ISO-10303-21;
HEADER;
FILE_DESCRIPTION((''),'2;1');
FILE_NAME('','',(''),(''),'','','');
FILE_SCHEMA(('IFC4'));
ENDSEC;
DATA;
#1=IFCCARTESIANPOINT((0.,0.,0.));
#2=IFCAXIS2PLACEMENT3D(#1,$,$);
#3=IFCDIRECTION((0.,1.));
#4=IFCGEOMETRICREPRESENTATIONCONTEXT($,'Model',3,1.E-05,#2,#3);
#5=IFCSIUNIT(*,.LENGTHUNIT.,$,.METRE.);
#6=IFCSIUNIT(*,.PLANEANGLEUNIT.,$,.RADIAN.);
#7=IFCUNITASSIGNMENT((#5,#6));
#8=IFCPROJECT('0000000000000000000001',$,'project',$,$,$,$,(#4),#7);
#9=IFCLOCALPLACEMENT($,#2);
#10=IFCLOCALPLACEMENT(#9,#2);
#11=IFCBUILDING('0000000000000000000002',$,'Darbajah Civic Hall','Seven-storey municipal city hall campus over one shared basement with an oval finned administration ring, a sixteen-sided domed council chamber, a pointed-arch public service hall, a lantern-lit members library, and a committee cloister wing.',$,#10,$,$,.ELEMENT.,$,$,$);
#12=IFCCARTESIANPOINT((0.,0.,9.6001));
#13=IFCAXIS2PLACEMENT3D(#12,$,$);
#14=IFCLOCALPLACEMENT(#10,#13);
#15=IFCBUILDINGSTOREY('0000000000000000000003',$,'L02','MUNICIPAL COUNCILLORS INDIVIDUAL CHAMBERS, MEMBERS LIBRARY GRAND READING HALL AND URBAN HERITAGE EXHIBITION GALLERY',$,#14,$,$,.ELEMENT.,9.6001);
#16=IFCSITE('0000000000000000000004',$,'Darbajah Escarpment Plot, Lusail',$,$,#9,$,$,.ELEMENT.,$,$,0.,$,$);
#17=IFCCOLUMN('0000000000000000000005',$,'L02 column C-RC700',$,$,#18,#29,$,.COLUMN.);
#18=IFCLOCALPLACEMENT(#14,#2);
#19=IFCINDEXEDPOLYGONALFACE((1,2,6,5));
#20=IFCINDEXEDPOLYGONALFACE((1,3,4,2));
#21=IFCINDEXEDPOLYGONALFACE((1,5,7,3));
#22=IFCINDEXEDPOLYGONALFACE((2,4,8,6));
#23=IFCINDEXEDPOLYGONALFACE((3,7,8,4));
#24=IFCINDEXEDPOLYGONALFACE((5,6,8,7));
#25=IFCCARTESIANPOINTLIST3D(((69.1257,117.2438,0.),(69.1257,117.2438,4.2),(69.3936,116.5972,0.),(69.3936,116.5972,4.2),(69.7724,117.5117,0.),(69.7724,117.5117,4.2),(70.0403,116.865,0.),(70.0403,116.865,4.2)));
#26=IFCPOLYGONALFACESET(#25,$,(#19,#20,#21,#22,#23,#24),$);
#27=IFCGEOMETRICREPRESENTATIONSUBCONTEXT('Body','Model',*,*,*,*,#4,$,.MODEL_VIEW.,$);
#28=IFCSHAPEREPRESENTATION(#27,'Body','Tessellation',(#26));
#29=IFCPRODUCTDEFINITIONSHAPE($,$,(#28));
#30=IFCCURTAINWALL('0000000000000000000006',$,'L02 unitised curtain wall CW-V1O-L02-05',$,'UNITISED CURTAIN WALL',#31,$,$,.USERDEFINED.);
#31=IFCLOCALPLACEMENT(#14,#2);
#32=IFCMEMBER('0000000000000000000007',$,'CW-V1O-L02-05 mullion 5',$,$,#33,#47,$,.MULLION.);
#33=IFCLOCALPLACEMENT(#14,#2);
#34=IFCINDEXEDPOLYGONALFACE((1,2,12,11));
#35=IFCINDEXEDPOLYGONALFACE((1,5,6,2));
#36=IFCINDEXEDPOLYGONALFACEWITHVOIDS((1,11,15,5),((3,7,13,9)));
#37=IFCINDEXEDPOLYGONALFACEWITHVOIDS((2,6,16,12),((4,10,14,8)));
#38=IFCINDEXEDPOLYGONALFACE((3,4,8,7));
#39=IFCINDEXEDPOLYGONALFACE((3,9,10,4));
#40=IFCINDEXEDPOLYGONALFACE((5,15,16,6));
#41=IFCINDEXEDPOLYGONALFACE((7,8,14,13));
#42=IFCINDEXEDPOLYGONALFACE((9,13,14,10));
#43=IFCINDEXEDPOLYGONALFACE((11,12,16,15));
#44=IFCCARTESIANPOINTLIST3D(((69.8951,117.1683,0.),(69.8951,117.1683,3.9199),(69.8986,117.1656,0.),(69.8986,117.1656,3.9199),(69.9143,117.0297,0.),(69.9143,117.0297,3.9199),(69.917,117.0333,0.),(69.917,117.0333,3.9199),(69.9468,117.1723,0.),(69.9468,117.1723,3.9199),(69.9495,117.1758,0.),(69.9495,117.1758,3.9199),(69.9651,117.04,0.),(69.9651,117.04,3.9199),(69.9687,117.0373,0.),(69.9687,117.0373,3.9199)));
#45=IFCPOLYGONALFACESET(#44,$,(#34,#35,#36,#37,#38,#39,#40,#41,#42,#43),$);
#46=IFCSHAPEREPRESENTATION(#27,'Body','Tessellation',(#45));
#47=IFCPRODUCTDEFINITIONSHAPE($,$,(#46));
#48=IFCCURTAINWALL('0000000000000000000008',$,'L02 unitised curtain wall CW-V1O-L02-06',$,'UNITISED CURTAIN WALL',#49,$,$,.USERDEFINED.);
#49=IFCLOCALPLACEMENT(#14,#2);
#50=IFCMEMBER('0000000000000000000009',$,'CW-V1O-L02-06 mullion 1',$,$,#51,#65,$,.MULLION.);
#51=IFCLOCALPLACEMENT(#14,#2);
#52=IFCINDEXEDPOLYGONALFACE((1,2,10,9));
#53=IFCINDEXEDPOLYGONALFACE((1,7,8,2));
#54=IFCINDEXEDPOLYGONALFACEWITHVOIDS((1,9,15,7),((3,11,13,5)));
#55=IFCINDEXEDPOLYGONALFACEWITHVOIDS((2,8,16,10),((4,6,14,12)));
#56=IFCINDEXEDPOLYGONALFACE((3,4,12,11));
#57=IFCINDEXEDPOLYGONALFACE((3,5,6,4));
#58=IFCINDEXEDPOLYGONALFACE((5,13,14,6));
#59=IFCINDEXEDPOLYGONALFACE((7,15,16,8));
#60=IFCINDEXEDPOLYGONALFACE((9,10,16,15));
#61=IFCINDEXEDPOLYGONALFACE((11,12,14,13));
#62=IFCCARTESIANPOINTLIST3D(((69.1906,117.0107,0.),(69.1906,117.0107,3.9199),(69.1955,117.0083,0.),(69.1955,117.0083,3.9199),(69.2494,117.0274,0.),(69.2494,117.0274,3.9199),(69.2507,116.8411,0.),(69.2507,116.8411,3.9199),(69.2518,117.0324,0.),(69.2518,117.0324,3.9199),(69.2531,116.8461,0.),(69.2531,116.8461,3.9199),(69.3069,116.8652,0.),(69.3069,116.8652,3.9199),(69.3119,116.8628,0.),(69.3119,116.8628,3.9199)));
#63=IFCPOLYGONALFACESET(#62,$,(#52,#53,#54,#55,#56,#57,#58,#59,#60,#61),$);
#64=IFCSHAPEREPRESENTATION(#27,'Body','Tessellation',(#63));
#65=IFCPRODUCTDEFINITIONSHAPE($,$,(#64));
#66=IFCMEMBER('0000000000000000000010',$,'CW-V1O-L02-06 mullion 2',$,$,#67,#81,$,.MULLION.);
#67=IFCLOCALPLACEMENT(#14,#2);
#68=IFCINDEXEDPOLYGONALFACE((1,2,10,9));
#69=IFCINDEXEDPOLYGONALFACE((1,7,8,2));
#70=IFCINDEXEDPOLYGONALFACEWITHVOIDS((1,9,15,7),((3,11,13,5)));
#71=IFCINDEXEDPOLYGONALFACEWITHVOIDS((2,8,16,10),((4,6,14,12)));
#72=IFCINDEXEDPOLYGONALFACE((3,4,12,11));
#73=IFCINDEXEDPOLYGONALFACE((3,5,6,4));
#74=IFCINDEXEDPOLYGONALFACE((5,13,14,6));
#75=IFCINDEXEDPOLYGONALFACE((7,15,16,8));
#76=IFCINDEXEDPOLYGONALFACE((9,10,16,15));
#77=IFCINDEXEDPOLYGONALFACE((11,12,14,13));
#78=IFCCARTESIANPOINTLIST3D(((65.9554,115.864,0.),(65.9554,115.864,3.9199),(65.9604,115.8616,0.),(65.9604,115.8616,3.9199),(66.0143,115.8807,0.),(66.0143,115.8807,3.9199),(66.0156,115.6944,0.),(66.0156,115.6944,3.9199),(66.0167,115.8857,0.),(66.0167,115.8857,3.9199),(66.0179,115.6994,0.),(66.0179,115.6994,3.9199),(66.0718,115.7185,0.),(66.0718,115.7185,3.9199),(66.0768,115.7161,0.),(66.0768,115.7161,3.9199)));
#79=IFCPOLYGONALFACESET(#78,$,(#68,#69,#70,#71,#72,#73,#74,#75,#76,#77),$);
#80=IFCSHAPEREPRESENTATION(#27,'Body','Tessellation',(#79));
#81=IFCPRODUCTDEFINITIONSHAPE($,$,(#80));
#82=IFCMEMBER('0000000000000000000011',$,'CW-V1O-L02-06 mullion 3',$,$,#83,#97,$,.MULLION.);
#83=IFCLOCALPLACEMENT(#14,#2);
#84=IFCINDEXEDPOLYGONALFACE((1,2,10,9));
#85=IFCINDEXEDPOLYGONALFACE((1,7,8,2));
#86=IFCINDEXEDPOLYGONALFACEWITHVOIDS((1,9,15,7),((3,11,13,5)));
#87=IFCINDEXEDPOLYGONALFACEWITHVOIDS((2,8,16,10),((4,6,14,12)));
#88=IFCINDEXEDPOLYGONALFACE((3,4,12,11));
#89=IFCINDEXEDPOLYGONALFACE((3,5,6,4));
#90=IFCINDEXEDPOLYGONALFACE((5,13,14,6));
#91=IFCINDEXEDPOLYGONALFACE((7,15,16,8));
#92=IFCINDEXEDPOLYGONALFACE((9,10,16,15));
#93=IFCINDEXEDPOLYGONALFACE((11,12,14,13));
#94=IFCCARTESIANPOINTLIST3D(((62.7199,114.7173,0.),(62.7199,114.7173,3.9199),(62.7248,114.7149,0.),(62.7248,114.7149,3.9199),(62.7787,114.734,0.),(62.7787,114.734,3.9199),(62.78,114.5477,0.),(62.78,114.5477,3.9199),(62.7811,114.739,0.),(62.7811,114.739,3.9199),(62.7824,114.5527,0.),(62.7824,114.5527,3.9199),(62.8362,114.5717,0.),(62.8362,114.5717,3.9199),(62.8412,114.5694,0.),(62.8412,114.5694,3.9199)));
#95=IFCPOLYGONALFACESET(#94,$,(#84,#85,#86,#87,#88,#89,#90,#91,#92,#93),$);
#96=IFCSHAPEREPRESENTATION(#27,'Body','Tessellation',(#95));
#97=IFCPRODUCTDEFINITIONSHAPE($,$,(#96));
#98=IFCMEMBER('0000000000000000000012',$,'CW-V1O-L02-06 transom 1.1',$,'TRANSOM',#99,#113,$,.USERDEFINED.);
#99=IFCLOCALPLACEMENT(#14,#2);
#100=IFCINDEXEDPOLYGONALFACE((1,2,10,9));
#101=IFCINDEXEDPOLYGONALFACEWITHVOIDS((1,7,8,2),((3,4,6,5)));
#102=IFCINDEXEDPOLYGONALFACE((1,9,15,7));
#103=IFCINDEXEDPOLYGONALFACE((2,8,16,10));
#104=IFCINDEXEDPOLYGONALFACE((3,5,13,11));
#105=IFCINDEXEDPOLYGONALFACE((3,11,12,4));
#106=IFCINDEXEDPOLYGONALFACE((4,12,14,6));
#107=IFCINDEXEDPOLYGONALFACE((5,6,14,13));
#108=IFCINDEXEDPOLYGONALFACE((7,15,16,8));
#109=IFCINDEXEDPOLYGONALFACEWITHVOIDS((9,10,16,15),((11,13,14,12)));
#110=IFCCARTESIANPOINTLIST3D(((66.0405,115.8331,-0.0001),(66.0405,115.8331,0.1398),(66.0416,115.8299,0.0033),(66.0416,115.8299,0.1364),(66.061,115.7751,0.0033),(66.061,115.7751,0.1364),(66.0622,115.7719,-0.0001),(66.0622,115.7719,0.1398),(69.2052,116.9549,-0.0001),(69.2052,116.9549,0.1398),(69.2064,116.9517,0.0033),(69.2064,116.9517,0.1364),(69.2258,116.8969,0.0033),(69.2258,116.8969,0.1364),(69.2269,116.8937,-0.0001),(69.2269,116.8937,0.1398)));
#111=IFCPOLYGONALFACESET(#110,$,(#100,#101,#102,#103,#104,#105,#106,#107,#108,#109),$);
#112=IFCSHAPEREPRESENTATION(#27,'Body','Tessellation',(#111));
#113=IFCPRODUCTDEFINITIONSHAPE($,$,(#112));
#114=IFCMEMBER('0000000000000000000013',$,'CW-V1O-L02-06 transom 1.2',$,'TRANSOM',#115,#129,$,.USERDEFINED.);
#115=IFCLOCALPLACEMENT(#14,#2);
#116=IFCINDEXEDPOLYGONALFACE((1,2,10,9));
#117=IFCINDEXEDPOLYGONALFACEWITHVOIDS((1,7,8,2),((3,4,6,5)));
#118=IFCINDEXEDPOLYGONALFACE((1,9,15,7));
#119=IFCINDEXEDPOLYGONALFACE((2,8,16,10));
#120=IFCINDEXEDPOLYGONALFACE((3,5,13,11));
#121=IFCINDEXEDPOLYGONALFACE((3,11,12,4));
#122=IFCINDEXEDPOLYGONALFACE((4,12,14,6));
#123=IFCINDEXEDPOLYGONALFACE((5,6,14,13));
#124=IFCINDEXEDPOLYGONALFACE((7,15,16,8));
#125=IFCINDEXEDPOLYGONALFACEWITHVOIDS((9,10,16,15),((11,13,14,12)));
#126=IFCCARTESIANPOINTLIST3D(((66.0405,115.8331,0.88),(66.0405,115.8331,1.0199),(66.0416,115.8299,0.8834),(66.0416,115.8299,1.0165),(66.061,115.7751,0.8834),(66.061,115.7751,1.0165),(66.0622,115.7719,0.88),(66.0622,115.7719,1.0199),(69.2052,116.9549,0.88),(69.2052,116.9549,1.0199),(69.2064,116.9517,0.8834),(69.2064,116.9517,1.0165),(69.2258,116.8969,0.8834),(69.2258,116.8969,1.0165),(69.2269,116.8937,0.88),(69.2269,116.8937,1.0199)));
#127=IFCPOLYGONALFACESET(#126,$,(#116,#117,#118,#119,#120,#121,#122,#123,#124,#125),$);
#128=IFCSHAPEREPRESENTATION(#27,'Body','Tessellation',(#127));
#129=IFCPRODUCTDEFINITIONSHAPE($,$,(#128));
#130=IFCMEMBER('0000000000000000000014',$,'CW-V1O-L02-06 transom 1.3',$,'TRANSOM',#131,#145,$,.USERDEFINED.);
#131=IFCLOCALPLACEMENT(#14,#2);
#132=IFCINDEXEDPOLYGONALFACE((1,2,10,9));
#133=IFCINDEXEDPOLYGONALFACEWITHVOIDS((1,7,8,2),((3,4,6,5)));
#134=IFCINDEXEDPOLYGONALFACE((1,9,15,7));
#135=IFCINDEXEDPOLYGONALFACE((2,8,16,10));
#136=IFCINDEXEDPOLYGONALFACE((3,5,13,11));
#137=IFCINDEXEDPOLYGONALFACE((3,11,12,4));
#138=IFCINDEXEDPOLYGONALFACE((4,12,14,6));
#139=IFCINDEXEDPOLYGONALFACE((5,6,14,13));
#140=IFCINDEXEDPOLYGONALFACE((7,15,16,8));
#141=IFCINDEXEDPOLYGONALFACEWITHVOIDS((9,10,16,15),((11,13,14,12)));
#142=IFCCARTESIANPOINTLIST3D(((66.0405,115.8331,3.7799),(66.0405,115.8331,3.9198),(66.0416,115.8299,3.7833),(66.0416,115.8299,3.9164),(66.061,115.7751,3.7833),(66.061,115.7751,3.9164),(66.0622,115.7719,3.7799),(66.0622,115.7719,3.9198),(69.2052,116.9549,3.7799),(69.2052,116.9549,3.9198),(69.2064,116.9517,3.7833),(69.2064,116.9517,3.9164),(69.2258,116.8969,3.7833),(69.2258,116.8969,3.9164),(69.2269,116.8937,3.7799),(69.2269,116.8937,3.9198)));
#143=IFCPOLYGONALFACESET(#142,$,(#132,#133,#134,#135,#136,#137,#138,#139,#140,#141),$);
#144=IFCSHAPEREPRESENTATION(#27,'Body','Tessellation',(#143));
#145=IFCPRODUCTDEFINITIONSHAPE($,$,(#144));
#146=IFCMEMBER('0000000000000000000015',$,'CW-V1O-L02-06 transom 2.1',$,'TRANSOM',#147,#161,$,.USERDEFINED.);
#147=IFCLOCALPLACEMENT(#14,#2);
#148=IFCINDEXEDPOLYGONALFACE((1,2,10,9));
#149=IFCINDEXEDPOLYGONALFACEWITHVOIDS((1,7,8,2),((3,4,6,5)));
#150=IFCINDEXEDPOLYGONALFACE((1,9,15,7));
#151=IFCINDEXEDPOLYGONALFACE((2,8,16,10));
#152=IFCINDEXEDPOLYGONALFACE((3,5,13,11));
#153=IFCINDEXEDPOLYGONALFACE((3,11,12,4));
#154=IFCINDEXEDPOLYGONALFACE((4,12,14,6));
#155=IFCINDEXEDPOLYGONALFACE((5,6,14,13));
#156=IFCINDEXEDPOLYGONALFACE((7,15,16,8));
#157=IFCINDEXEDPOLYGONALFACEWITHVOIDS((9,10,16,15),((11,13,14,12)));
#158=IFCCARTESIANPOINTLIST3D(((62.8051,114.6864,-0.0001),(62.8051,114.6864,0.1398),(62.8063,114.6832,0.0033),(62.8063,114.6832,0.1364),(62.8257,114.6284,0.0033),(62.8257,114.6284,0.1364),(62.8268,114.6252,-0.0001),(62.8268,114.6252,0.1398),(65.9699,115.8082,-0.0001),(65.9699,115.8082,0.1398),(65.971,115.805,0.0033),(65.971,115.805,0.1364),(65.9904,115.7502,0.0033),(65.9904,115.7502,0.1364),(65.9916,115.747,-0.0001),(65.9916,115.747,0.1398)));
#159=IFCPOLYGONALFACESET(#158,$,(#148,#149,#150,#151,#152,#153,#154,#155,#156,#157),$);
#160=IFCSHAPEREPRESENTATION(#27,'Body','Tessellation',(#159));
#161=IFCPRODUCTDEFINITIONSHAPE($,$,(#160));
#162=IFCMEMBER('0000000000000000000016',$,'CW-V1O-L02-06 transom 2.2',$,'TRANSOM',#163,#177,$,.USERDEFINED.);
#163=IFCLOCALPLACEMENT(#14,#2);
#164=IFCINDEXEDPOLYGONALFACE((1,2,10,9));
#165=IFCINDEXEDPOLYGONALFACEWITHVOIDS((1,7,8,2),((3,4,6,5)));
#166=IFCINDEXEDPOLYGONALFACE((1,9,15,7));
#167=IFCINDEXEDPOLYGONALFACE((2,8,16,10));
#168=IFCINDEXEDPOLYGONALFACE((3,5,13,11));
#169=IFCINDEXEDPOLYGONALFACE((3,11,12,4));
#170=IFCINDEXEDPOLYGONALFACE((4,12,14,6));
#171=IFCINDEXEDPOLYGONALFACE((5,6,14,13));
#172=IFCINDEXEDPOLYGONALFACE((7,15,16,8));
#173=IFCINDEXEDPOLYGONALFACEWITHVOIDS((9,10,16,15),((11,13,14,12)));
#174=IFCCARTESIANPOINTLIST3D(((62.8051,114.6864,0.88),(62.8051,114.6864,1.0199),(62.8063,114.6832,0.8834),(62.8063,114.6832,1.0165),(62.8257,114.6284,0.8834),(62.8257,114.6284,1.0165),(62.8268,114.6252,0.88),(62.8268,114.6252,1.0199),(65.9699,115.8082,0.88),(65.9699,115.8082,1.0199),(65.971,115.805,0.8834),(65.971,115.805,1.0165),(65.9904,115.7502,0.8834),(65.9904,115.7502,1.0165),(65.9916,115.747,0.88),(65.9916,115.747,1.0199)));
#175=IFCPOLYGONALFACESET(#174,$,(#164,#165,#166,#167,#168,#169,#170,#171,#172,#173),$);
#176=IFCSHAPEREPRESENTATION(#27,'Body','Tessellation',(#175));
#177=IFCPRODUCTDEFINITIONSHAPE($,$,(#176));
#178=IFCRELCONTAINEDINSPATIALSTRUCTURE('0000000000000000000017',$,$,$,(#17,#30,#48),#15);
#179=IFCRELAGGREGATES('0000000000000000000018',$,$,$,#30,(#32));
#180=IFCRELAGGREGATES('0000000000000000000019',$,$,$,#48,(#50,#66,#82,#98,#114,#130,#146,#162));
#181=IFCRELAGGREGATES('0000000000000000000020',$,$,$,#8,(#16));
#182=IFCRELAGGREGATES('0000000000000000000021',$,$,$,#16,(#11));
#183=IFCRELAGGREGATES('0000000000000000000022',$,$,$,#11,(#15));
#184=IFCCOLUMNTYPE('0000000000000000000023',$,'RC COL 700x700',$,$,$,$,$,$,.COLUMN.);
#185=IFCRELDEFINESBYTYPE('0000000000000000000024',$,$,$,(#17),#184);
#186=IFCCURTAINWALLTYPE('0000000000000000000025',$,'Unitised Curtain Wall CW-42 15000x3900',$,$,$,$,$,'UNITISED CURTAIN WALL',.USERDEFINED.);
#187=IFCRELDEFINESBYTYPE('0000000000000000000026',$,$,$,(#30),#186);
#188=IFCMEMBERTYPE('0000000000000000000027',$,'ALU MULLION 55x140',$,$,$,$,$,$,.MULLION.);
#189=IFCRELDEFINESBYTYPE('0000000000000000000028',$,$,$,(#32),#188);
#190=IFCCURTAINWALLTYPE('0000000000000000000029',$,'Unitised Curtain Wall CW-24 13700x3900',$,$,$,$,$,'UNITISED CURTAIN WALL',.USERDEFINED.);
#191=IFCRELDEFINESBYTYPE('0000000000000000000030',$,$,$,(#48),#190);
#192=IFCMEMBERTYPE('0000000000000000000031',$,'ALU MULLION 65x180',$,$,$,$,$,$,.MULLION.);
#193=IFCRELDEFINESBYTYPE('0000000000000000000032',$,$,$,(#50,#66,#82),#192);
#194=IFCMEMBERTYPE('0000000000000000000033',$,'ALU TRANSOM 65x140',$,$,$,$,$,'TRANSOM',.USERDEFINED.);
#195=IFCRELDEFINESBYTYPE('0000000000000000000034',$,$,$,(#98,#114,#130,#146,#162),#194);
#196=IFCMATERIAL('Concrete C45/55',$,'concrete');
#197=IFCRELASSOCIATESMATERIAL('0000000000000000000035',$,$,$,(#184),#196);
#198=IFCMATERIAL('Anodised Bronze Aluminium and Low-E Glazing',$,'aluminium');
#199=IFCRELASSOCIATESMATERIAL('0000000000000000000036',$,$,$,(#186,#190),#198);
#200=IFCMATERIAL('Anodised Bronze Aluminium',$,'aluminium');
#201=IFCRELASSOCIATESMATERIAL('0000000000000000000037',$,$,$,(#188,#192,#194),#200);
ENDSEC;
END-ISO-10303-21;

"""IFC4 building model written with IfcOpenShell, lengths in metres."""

from ifc_helpers import new_model, si_unit, direction, frame, origin, origin_2d, place, context, subcontext, project, spatial, rectangle, hollow_rectangle, extrude, material, material_profile, profile_set, type_object, element, aggregate, save


model = new_model("IFC4")

# Units and contexts
model_context = context("Model", 3, precision=1e-05, world=origin(), true_north=direction((0.0, 1.0)))
body_context = subcontext(model_context, "Body", "Model", "MODEL_VIEW")
ifc_project = project(units=[si_unit("LENGTHUNIT", "METRE"), si_unit("PLANEANGLEUNIT", "RADIAN")], contexts=[model_context])

# Site, building, storey
site_placement = place(None, origin())
site = spatial("IfcSite", under=ifc_project, at=site_placement, Name="Darbajah Escarpment Plot, Lusail", CompositionType="ELEMENT", RefElevation=0.0)
building_placement = place(site_placement, origin())
building = spatial("IfcBuilding", under=site, at=building_placement, Name="Darbajah Civic Hall", Description="Seven-storey municipal city hall campus over one shared basement with an oval finned administration ring, a sixteen-sided domed council chamber, a pointed-arch public service hall, a lantern-lit members library, and a committee cloister wing.", CompositionType="ELEMENT")
storey_placement = place(building_placement, frame((0.0, 0.0, 9.6001)))
storey = spatial("IfcBuildingStorey", under=building, at=storey_placement, Name="L02", Description="MUNICIPAL COUNCILLORS INDIVIDUAL CHAMBERS, MEMBERS LIBRARY GRAND READING HALL AND URBAN HERITAGE EXHIBITION GALLERY", CompositionType="ELEMENT", Elevation=9.6001)

# Column
ifc_material_1 = material(Name="Concrete C45/55", Category="concrete")
ifc_material_profile_1 = material_profile(ifc_material_1, rectangle(XDim=0.7, YDim=0.7, at=origin_2d()), Name="RC COL 700x700")
ifc_profile_set_1 = profile_set([ifc_material_profile_1], Name="Concrete C45/55")
column_type = type_object("IfcColumnType", Name="RC COL 700x700", PredefinedType="COLUMN", material=ifc_profile_set_1)
column_placement = place(storey_placement, frame((69.583, 117.0544, 0.0), z_axis=(0.0, 0.0, 1.0), x_axis=(-0.382683, 0.92388, 0.0)))
element("IfcColumn", 1, at=column_placement, inside=storey, type_object=column_type, Name="L02 column C-RC700", PredefinedType="COLUMN", context=body_context, shape_type="SweptSolid", body=[
    extrude(rectangle(XDim=0.7, YDim=0.7, at=origin_2d()), origin(), (0.0, 0.0, 1.0), 4.2),
])

# Curtain wall, member
ifc_material_2 = material(Name="Anodised Bronze Aluminium and Low-E Glazing", Category="aluminium")
curtain_wall_type_1 = type_object("IfcCurtainWallType", Name="Unitised Curtain Wall CW-42 15000x3900", ElementType="UNITISED CURTAIN WALL", PredefinedType="USERDEFINED", material=ifc_material_2)
curtain_wall_1_placement = place(storey_placement, origin())
curtain_wall_1 = element("IfcCurtainWall", 2, at=curtain_wall_1_placement, inside=storey, type_object=curtain_wall_type_1, Name="L02 unitised curtain wall CW-V1O-L02-05", ObjectType="UNITISED CURTAIN WALL", PredefinedType="USERDEFINED")
ifc_material_3 = material(Name="Anodised Bronze Aluminium", Category="aluminium")
ifc_material_profile_2 = material_profile(ifc_material_3, hollow_rectangle(XDim=0.0549, YDim=0.1399, WallThickness=0.0032, at=origin_2d()), Name="ALU MULLION 55x140")
ifc_profile_set_2 = profile_set([ifc_material_profile_2], Name="Anodised Bronze Aluminium")
member_type_1 = type_object("IfcMemberType", Name="ALU MULLION 55x140", PredefinedType="MULLION", material=ifc_profile_set_2)
member_1_placement = place(storey_placement, frame((69.9319, 117.1028, 0.0), z_axis=(0.0, 0.0, 1.0), x_axis=(-0.990485, -0.137617, 0.0)))
member_1 = element("IfcMember", 3, at=member_1_placement, type_object=member_type_1, Name="CW-V1O-L02-05 mullion 5", PredefinedType="MULLION", context=body_context, shape_type="SweptSolid", body=[
    extrude(hollow_rectangle(XDim=0.0549, YDim=0.1399, WallThickness=0.0032, at=origin_2d()), origin(), (0.0, 0.0, 1.0), 3.9199),
])
aggregate(curtain_wall_1, [member_1])

# Curtain wall, members
curtain_wall_type_2 = type_object("IfcCurtainWallType", Name="Unitised Curtain Wall CW-24 13700x3900", ElementType="UNITISED CURTAIN WALL", PredefinedType="USERDEFINED", material=ifc_material_2)
curtain_wall_2_placement = place(storey_placement, origin())
curtain_wall_2 = element("IfcCurtainWall", 4, at=curtain_wall_2_placement, inside=storey, type_object=curtain_wall_type_2, Name="L02 unitised curtain wall CW-V1O-L02-06", ObjectType="UNITISED CURTAIN WALL", PredefinedType="USERDEFINED")
ifc_material_profile_3 = material_profile(ifc_material_3, hollow_rectangle(XDim=0.0649, YDim=0.1799, WallThickness=0.0039, at=origin_2d()), Name="ALU MULLION 65x180")
ifc_profile_set_3 = profile_set([ifc_material_profile_3], Name="Anodised Bronze Aluminium")
member_type_2 = type_object("IfcMemberType", Name="ALU MULLION 65x180", PredefinedType="MULLION", material=ifc_profile_set_3)
member_2_placement = place(storey_placement, frame((69.2512, 116.9368, 0.0), z_axis=(0.0, 0.0, 1.0), x_axis=(-0.942525, -0.334136, 0.0)))
member_2 = element("IfcMember", 5, at=member_2_placement, type_object=member_type_2, Name="CW-V1O-L02-06 mullion 1", PredefinedType="MULLION", context=body_context, shape_type="SweptSolid", body=[
    extrude(hollow_rectangle(XDim=0.0649, YDim=0.1799, WallThickness=0.0039, at=origin_2d()), origin(), (0.0, 0.0, 1.0), 3.9199),
])
member_3_placement = place(storey_placement, frame((66.0161, 115.79, 0.0), z_axis=(0.0, 0.0, 1.0), x_axis=(-0.942525, -0.334136, 0.0)))
member_3 = element("IfcMember", 6, at=member_3_placement, type_object=member_type_2, Name="CW-V1O-L02-06 mullion 2", PredefinedType="MULLION", context=body_context, shape_type="SweptSolid", body=[
    extrude(hollow_rectangle(XDim=0.0649, YDim=0.1799, WallThickness=0.0039, at=origin_2d()), origin(), (0.0, 0.0, 1.0), 3.9199),
])
member_4_placement = place(storey_placement, frame((62.7805, 114.6433, 0.0), z_axis=(0.0, 0.0, 1.0), x_axis=(-0.942525, -0.334136, 0.0)))
member_4 = element("IfcMember", 7, at=member_4_placement, type_object=member_type_2, Name="CW-V1O-L02-06 mullion 3", PredefinedType="MULLION", context=body_context, shape_type="SweptSolid", body=[
    extrude(hollow_rectangle(XDim=0.0649, YDim=0.1799, WallThickness=0.0039, at=origin_2d()), origin(), (0.0, 0.0, 1.0), 3.9199),
])
ifc_material_profile_4 = material_profile(ifc_material_3, hollow_rectangle(XDim=0.0649, YDim=0.1399, WallThickness=0.0034, at=origin_2d()), Name="ALU TRANSOM 65x140")
ifc_profile_set_4 = profile_set([ifc_material_profile_4], Name="Anodised Bronze Aluminium")
member_type_3 = type_object("IfcMemberType", Name="ALU TRANSOM 65x140", ElementType="TRANSOM", PredefinedType="USERDEFINED", material=ifc_profile_set_4)
member_5_placement = place(storey_placement, frame((69.2161, 116.9243, 0.0698), z_axis=(-0.942537, -0.334102, 0.0), x_axis=(0.334102, -0.942537, 0.0)))
member_5 = element("IfcMember", 8, at=member_5_placement, type_object=member_type_3, Name="CW-V1O-L02-06 transom 1.1", ObjectType="TRANSOM", PredefinedType="USERDEFINED", context=body_context, shape_type="SweptSolid", body=[
    extrude(hollow_rectangle(XDim=0.0649, YDim=0.1399, WallThickness=0.0034, at=origin_2d()), origin(), (0.0, 0.0, 1.0), 3.3577),
])
member_6_placement = place(storey_placement, frame((69.2161, 116.9243, 0.95), z_axis=(-0.942537, -0.334102, 0.0), x_axis=(0.334102, -0.942537, 0.0)))
member_6 = element("IfcMember", 9, at=member_6_placement, type_object=member_type_3, Name="CW-V1O-L02-06 transom 1.2", ObjectType="TRANSOM", PredefinedType="USERDEFINED", context=body_context, shape_type="SweptSolid", body=[
    extrude(hollow_rectangle(XDim=0.0649, YDim=0.1399, WallThickness=0.0034, at=origin_2d()), origin(), (0.0, 0.0, 1.0), 3.3577),
])
member_7_placement = place(storey_placement, frame((69.2161, 116.9243, 3.8499), z_axis=(-0.942537, -0.334102, 0.0), x_axis=(0.334102, -0.942537, 0.0)))
member_7 = element("IfcMember", 10, at=member_7_placement, type_object=member_type_3, Name="CW-V1O-L02-06 transom 1.3", ObjectType="TRANSOM", PredefinedType="USERDEFINED", context=body_context, shape_type="SweptSolid", body=[
    extrude(hollow_rectangle(XDim=0.0649, YDim=0.1399, WallThickness=0.0034, at=origin_2d()), origin(), (0.0, 0.0, 1.0), 3.3577),
])
member_8_placement = place(storey_placement, frame((65.9807, 115.7776, 0.0698), z_axis=(-0.942537, -0.334102, 0.0), x_axis=(0.334102, -0.942537, 0.0)))
member_8 = element("IfcMember", 11, at=member_8_placement, type_object=member_type_3, Name="CW-V1O-L02-06 transom 2.1", ObjectType="TRANSOM", PredefinedType="USERDEFINED", context=body_context, shape_type="SweptSolid", body=[
    extrude(hollow_rectangle(XDim=0.0649, YDim=0.1399, WallThickness=0.0034, at=origin_2d()), origin(), (0.0, 0.0, 1.0), 3.3577),
])
member_9_placement = place(storey_placement, frame((65.9807, 115.7776, 0.95), z_axis=(-0.942537, -0.334102, 0.0), x_axis=(0.334102, -0.942537, 0.0)))
member_9 = element("IfcMember", 12, at=member_9_placement, type_object=member_type_3, Name="CW-V1O-L02-06 transom 2.2", ObjectType="TRANSOM", PredefinedType="USERDEFINED", context=body_context, shape_type="SweptSolid", body=[
    extrude(hollow_rectangle(XDim=0.0649, YDim=0.1399, WallThickness=0.0034, at=origin_2d()), origin(), (0.0, 0.0, 1.0), 3.3577),
])

aggregate(curtain_wall_2, [member_2, member_3, member_4, member_5, member_6, member_7, member_8, member_9])

save(model, "model.ifc")
